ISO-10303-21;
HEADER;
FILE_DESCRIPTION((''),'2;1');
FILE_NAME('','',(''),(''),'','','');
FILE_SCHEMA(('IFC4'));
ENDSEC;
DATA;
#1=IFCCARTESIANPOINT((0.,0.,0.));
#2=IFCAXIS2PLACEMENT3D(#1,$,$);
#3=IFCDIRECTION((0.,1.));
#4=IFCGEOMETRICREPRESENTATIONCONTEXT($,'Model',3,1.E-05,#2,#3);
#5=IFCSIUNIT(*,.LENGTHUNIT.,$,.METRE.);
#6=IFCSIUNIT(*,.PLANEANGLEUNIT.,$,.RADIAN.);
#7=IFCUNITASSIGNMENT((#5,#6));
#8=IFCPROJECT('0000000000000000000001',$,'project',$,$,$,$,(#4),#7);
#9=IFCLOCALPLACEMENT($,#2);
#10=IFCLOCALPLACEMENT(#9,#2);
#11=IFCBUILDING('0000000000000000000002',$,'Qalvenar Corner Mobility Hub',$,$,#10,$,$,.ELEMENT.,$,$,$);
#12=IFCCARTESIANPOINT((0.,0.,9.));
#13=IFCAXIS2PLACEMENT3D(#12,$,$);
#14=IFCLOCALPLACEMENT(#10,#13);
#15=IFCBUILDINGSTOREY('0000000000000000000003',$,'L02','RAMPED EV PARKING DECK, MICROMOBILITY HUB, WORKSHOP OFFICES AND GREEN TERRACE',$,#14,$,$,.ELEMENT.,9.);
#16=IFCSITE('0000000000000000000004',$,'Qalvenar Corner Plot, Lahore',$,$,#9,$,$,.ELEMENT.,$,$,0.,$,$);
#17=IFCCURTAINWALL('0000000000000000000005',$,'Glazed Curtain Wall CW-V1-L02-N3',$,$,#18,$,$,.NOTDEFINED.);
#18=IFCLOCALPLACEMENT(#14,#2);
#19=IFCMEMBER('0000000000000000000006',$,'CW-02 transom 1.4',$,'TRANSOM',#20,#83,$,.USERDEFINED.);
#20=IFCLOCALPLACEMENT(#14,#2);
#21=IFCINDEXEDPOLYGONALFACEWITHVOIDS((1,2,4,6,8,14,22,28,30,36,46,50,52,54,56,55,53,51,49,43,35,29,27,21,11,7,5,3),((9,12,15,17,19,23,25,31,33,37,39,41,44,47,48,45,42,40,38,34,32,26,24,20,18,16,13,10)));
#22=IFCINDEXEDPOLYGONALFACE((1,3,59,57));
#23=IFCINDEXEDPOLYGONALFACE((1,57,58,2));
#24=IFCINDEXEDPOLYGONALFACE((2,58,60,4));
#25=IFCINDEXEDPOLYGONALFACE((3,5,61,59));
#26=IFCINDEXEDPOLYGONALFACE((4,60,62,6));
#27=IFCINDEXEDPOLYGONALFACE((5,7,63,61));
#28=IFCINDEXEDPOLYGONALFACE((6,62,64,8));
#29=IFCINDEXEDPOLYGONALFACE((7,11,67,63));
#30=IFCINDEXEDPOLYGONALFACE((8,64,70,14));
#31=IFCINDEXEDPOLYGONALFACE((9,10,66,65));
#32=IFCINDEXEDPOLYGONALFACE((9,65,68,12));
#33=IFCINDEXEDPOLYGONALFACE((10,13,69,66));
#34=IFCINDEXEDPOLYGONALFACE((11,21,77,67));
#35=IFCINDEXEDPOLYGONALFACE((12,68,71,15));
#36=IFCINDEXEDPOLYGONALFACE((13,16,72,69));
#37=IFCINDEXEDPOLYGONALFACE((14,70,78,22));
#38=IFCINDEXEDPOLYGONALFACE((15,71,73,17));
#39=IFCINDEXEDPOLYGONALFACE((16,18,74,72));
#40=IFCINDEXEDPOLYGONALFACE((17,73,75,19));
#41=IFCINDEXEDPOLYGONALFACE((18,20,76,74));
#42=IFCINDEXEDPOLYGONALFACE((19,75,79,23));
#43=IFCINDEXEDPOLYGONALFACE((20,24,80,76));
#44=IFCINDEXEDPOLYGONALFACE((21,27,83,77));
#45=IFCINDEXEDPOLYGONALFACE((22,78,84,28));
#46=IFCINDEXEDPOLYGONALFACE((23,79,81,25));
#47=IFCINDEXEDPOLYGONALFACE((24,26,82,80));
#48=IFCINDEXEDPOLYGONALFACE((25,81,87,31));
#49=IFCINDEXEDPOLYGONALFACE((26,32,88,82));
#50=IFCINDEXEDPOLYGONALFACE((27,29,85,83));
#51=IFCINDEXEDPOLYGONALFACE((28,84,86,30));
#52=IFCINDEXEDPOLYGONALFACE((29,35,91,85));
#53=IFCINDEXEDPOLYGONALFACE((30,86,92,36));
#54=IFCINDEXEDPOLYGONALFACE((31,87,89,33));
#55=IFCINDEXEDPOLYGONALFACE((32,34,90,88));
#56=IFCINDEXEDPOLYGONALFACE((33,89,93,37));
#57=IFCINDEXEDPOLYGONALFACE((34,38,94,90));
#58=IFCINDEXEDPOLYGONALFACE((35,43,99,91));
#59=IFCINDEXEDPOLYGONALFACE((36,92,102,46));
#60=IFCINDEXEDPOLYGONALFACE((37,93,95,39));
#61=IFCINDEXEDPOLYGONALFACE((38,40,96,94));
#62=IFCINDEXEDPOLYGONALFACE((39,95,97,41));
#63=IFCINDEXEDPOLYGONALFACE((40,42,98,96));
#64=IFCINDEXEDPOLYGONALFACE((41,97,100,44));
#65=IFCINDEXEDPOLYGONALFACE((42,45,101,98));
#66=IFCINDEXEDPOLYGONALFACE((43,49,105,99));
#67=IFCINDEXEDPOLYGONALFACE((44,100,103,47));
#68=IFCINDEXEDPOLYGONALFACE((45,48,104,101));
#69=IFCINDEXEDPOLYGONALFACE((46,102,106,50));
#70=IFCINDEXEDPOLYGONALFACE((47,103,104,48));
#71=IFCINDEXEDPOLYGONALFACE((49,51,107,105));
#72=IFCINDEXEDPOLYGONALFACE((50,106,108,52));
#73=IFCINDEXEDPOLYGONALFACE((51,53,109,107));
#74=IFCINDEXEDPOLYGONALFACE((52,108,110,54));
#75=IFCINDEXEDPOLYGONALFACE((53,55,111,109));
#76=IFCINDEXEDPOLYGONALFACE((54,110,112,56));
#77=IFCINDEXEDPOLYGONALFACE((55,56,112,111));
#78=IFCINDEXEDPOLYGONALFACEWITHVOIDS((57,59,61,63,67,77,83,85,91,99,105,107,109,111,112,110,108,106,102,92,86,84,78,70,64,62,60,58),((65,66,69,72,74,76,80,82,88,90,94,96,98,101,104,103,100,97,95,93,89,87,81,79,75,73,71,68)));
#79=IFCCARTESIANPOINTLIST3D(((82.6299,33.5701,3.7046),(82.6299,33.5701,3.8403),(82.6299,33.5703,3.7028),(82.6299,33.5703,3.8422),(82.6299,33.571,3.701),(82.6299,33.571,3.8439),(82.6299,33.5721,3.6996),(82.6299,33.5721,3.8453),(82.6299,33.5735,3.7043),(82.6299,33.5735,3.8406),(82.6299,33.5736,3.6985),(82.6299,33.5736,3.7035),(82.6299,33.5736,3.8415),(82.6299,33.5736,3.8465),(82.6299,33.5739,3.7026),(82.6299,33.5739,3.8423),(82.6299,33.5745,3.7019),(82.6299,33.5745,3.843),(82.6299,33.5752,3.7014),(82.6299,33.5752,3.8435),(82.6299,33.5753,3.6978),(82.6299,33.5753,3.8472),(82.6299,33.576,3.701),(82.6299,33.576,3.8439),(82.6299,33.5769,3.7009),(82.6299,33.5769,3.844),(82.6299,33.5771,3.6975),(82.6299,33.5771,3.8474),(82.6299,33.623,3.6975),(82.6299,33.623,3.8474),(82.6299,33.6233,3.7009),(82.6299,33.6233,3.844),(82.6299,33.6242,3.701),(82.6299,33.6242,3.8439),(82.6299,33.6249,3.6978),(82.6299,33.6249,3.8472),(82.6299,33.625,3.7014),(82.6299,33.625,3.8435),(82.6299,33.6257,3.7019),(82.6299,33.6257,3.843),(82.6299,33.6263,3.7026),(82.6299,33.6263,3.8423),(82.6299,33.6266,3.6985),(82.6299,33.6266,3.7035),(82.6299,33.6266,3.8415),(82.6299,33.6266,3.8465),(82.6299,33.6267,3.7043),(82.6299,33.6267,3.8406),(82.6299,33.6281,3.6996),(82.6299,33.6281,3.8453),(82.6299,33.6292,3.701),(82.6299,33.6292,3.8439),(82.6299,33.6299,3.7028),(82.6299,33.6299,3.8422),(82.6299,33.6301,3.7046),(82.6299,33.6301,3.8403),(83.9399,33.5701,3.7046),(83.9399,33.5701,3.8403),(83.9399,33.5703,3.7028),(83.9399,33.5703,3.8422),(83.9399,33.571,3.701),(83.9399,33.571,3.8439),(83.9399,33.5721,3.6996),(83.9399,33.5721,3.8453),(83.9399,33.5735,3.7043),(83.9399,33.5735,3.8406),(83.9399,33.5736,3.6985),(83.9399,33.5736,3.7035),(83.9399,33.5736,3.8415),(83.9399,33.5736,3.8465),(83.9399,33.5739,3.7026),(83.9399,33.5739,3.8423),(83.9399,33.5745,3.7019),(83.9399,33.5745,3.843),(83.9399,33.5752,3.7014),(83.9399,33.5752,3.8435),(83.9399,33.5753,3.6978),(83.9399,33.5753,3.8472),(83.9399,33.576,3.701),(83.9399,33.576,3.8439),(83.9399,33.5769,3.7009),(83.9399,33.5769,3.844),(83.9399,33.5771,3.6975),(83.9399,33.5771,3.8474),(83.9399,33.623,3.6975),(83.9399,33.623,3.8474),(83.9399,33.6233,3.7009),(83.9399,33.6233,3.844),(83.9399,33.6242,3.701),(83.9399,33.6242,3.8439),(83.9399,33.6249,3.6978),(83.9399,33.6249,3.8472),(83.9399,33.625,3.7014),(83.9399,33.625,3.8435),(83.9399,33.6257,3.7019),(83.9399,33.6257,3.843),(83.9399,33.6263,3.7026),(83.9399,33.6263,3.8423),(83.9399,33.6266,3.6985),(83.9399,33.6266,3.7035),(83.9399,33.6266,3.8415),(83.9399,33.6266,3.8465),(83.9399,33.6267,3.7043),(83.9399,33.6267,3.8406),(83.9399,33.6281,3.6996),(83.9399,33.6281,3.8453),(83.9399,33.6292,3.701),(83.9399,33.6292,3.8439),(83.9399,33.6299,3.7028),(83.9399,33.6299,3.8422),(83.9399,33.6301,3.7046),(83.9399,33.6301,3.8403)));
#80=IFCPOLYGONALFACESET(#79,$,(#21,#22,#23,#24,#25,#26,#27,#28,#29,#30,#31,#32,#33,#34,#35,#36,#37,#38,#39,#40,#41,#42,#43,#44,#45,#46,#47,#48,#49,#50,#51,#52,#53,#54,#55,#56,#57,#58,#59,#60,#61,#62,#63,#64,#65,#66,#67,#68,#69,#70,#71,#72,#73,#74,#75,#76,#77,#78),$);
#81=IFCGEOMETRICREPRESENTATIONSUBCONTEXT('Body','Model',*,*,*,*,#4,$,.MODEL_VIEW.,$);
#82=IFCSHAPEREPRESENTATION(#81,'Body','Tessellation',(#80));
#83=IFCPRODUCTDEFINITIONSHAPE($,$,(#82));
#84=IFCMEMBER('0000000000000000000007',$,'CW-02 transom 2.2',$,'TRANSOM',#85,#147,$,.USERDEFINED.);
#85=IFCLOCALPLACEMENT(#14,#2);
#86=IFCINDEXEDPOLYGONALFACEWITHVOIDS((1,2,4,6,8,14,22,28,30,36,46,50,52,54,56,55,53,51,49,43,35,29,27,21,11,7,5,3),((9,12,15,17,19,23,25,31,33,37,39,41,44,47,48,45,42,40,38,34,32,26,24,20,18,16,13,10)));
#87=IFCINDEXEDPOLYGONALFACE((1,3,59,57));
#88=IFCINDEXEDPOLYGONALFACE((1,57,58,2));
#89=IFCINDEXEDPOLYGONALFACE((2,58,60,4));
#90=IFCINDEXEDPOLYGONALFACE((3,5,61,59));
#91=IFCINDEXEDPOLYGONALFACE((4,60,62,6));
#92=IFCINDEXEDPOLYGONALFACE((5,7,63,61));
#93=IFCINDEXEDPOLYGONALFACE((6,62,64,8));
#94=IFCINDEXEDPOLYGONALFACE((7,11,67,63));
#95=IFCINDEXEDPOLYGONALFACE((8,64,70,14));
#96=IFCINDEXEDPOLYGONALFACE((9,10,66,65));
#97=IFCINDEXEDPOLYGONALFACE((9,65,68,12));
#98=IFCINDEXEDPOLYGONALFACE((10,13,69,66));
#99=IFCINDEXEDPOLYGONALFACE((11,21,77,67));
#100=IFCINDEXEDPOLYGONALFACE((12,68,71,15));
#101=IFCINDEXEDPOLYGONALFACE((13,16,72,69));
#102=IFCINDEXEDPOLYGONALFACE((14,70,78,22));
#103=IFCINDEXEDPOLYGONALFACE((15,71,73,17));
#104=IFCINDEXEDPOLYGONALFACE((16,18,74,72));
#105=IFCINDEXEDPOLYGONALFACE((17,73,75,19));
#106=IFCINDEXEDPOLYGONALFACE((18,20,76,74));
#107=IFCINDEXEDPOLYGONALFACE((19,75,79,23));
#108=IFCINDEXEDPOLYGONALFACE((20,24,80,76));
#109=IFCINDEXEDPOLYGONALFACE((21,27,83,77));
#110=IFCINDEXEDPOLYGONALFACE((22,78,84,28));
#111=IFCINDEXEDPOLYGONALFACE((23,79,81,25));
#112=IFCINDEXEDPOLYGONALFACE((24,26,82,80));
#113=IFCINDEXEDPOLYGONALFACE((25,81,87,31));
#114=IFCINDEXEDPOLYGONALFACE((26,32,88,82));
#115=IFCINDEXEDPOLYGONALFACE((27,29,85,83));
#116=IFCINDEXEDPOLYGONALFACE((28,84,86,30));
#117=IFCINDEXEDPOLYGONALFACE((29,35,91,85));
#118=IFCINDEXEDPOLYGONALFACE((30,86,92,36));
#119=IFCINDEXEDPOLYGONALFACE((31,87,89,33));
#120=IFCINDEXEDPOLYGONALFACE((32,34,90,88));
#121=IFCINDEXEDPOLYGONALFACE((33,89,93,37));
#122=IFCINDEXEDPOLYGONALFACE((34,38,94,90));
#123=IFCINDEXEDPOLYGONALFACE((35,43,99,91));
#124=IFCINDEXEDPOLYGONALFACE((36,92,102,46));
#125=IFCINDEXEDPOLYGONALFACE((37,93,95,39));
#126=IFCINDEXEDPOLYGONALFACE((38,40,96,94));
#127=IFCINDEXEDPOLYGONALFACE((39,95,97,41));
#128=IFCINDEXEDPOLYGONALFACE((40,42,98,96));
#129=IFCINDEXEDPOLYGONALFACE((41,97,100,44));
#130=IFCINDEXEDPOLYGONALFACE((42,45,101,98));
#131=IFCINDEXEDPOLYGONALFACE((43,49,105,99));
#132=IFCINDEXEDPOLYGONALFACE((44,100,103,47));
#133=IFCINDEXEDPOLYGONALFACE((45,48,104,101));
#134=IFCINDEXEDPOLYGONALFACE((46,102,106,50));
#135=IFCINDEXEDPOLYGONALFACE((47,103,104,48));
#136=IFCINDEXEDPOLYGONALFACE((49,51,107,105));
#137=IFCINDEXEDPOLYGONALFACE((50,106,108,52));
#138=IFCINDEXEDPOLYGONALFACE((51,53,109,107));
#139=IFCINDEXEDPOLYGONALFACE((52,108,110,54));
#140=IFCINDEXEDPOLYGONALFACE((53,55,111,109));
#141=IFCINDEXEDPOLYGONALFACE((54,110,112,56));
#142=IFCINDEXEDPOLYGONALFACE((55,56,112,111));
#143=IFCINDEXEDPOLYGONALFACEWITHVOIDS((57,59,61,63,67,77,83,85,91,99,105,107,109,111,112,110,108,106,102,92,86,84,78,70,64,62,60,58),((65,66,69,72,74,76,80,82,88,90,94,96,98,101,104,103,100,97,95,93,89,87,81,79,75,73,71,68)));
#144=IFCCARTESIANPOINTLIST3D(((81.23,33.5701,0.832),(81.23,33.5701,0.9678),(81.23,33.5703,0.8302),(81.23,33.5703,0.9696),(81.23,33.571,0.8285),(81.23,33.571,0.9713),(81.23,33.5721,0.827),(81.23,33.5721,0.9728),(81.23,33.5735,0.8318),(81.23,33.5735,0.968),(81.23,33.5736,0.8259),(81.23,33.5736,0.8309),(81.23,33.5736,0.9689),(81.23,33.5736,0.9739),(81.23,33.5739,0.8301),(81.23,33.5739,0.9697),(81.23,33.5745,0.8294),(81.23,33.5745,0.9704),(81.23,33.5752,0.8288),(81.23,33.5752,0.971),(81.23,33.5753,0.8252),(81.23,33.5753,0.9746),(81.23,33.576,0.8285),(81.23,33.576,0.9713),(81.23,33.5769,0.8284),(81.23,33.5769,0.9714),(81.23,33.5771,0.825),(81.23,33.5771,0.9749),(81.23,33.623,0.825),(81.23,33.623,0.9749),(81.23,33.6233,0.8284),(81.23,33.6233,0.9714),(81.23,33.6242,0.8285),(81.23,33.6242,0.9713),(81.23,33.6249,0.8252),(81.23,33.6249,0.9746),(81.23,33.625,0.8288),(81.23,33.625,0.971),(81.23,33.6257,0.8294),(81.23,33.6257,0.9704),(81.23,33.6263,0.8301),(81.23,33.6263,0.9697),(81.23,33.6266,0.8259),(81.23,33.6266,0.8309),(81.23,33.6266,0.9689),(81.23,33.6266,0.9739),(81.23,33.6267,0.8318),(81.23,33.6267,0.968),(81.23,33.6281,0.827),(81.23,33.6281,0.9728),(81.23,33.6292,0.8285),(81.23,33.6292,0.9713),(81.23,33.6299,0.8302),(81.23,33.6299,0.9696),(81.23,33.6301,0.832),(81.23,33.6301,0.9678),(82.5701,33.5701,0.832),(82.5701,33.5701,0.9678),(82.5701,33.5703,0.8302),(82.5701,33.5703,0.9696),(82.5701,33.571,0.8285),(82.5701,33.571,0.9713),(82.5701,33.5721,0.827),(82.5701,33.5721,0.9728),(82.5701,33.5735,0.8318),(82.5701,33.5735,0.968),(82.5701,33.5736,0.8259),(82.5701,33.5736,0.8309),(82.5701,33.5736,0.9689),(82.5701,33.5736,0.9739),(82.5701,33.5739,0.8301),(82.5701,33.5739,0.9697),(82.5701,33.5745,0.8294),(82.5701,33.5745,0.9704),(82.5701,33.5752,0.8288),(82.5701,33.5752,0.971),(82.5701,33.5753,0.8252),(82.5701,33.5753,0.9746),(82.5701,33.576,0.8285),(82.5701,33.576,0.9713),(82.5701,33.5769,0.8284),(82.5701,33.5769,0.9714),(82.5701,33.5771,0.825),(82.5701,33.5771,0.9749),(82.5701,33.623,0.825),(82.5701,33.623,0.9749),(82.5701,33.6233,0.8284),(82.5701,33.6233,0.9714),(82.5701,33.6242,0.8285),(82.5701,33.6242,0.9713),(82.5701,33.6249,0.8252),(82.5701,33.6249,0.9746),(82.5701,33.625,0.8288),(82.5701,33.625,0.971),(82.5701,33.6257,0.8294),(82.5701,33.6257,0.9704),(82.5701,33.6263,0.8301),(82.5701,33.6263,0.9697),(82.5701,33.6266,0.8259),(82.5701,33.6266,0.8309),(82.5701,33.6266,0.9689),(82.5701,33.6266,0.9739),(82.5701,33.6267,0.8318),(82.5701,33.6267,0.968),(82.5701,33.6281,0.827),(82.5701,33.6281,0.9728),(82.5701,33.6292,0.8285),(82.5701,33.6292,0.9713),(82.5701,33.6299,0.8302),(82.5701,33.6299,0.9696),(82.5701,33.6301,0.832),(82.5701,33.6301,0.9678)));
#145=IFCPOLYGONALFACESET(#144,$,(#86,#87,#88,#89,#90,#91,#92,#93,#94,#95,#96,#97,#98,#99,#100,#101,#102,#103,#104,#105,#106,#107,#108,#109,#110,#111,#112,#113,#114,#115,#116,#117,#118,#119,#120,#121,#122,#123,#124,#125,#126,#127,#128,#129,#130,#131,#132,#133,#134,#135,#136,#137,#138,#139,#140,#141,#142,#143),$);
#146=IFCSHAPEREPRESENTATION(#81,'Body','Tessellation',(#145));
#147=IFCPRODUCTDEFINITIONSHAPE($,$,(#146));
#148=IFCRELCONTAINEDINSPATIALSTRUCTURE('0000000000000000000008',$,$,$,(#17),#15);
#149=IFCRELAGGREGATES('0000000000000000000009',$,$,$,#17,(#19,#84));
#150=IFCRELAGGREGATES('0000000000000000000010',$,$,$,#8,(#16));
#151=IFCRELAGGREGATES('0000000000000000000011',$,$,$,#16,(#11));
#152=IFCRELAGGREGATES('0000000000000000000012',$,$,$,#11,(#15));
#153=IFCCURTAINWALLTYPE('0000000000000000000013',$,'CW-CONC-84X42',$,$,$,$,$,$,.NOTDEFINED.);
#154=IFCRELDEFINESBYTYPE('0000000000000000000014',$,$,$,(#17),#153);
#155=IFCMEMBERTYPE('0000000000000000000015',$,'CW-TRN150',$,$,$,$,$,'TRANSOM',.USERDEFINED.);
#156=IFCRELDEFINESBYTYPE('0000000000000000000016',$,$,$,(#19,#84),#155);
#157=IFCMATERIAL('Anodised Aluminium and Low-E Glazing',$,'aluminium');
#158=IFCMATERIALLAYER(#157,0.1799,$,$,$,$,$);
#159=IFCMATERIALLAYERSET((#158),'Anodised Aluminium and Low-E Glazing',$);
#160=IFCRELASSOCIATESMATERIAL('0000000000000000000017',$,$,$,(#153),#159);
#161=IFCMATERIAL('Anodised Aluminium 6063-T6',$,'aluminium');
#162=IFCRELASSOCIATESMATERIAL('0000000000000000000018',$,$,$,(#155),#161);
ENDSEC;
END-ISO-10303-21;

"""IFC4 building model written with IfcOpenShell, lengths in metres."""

from ifc_helpers import new_model, si_unit, direction, frame, origin, origin_2d, place, context, subcontext, project, spatial, hollow_rectangle, extrude, material, layer, layer_set, material_profile, profile_set, type_object, element, aggregate, save


model = new_model("IFC4")

# Units and contexts
model_context = context("Model", 3, precision=1e-05, world=origin(), true_north=direction((0.0, 1.0)))
body_context = subcontext(model_context, "Body", "Model", "MODEL_VIEW")
ifc_project = project(units=[si_unit("LENGTHUNIT", "METRE"), si_unit("PLANEANGLEUNIT", "RADIAN")], contexts=[model_context])

# Site, building, storey
site_placement = place(None, origin())
site = spatial("IfcSite", under=ifc_project, at=site_placement, Name="Qalvenar Corner Plot, Lahore", CompositionType="ELEMENT", RefElevation=0.0)
building_placement = place(site_placement, origin())
building = spatial("IfcBuilding", under=site, at=building_placement, Name="Qalvenar Corner Mobility Hub", CompositionType="ELEMENT")
storey_placement = place(building_placement, frame((0.0, 0.0, 9.0)))
storey = spatial("IfcBuildingStorey", under=building, at=storey_placement, Name="L02", Description="RAMPED EV PARKING DECK, MICROMOBILITY HUB, WORKSHOP OFFICES AND GREEN TERRACE", CompositionType="ELEMENT", Elevation=9.0)

# Curtain wall
ifc_material_1 = material(Name="Anodised Aluminium and Low-E Glazing", Category="aluminium")
ifc_layer_1 = layer(ifc_material_1, 0.1799)
ifc_layer_set_1 = layer_set([ifc_layer_1], Name="Anodised Aluminium and Low-E Glazing")
curtain_wall_type = type_object("IfcCurtainWallType", Name="CW-CONC-84X42", PredefinedType="NOTDEFINED", material=ifc_layer_set_1)
curtain_wall_1_placement = place(storey_placement, origin())
curtain_wall_1 = element("IfcCurtainWall", 1, at=curtain_wall_1_placement, inside=storey, type_object=curtain_wall_type, Name="Glazed Curtain Wall CW-V1-L02-N3", PredefinedType="NOTDEFINED")
ifc_material_2 = material(Name="Anodised Aluminium 6063-T6", Category="aluminium")

# Members
ifc_material_profile_1 = material_profile(ifc_material_2, hollow_rectangle(XDim=0.0601, YDim=0.1499, WallThickness=0.0034, InnerFilletRadius=0.0034, OuterFilletRadius=0.0071, at=origin_2d()), Name="RHS150x60x3.5")
ifc_profile_set_1 = profile_set([ifc_material_profile_1], Name="Anodised Aluminium 6063-T6")
member_type_1 = type_object("IfcMemberType", Name="CW-TRN150", ElementType="TRANSOM", PredefinedType="USERDEFINED", material=ifc_profile_set_1)
member_1_placement = place(storey_placement, frame((83.9399, 33.6001, 3.7725), z_axis=(-1.0, 0.0, 0.0), x_axis=(0.0, -1.0, 0.0)))
member_1 = element("IfcMember", 2, at=member_1_placement, type_object=member_type_1, Name="CW-02 transom 1.4", ObjectType="TRANSOM", PredefinedType="USERDEFINED", context=body_context, shape_type="SweptSolid", body=[
    extrude(hollow_rectangle(XDim=0.0601, YDim=0.1499, WallThickness=0.0034, InnerFilletRadius=0.0034, OuterFilletRadius=0.0071, at=origin_2d()), origin(), (0.0, 0.0, 1.0), 1.3101),
])
member_2_placement = place(storey_placement, frame((82.5701, 33.6001, 0.8999), z_axis=(-1.0, 0.0, 0.0), x_axis=(0.0, -1.0, 0.0)))
member_2 = element("IfcMember", 3, at=member_2_placement, type_object=member_type_1, Name="CW-02 transom 2.2", ObjectType="TRANSOM", PredefinedType="USERDEFINED", context=body_context, shape_type="SweptSolid", body=[
    extrude(hollow_rectangle(XDim=0.0601, YDim=0.1499, WallThickness=0.0034, InnerFilletRadius=0.0034, OuterFilletRadius=0.0071, at=origin_2d()), origin(), (0.0, 0.0, 1.0), 1.3401),
])

aggregate(curtain_wall_1, [member_1, member_2])

save(model, "model.ifc")
